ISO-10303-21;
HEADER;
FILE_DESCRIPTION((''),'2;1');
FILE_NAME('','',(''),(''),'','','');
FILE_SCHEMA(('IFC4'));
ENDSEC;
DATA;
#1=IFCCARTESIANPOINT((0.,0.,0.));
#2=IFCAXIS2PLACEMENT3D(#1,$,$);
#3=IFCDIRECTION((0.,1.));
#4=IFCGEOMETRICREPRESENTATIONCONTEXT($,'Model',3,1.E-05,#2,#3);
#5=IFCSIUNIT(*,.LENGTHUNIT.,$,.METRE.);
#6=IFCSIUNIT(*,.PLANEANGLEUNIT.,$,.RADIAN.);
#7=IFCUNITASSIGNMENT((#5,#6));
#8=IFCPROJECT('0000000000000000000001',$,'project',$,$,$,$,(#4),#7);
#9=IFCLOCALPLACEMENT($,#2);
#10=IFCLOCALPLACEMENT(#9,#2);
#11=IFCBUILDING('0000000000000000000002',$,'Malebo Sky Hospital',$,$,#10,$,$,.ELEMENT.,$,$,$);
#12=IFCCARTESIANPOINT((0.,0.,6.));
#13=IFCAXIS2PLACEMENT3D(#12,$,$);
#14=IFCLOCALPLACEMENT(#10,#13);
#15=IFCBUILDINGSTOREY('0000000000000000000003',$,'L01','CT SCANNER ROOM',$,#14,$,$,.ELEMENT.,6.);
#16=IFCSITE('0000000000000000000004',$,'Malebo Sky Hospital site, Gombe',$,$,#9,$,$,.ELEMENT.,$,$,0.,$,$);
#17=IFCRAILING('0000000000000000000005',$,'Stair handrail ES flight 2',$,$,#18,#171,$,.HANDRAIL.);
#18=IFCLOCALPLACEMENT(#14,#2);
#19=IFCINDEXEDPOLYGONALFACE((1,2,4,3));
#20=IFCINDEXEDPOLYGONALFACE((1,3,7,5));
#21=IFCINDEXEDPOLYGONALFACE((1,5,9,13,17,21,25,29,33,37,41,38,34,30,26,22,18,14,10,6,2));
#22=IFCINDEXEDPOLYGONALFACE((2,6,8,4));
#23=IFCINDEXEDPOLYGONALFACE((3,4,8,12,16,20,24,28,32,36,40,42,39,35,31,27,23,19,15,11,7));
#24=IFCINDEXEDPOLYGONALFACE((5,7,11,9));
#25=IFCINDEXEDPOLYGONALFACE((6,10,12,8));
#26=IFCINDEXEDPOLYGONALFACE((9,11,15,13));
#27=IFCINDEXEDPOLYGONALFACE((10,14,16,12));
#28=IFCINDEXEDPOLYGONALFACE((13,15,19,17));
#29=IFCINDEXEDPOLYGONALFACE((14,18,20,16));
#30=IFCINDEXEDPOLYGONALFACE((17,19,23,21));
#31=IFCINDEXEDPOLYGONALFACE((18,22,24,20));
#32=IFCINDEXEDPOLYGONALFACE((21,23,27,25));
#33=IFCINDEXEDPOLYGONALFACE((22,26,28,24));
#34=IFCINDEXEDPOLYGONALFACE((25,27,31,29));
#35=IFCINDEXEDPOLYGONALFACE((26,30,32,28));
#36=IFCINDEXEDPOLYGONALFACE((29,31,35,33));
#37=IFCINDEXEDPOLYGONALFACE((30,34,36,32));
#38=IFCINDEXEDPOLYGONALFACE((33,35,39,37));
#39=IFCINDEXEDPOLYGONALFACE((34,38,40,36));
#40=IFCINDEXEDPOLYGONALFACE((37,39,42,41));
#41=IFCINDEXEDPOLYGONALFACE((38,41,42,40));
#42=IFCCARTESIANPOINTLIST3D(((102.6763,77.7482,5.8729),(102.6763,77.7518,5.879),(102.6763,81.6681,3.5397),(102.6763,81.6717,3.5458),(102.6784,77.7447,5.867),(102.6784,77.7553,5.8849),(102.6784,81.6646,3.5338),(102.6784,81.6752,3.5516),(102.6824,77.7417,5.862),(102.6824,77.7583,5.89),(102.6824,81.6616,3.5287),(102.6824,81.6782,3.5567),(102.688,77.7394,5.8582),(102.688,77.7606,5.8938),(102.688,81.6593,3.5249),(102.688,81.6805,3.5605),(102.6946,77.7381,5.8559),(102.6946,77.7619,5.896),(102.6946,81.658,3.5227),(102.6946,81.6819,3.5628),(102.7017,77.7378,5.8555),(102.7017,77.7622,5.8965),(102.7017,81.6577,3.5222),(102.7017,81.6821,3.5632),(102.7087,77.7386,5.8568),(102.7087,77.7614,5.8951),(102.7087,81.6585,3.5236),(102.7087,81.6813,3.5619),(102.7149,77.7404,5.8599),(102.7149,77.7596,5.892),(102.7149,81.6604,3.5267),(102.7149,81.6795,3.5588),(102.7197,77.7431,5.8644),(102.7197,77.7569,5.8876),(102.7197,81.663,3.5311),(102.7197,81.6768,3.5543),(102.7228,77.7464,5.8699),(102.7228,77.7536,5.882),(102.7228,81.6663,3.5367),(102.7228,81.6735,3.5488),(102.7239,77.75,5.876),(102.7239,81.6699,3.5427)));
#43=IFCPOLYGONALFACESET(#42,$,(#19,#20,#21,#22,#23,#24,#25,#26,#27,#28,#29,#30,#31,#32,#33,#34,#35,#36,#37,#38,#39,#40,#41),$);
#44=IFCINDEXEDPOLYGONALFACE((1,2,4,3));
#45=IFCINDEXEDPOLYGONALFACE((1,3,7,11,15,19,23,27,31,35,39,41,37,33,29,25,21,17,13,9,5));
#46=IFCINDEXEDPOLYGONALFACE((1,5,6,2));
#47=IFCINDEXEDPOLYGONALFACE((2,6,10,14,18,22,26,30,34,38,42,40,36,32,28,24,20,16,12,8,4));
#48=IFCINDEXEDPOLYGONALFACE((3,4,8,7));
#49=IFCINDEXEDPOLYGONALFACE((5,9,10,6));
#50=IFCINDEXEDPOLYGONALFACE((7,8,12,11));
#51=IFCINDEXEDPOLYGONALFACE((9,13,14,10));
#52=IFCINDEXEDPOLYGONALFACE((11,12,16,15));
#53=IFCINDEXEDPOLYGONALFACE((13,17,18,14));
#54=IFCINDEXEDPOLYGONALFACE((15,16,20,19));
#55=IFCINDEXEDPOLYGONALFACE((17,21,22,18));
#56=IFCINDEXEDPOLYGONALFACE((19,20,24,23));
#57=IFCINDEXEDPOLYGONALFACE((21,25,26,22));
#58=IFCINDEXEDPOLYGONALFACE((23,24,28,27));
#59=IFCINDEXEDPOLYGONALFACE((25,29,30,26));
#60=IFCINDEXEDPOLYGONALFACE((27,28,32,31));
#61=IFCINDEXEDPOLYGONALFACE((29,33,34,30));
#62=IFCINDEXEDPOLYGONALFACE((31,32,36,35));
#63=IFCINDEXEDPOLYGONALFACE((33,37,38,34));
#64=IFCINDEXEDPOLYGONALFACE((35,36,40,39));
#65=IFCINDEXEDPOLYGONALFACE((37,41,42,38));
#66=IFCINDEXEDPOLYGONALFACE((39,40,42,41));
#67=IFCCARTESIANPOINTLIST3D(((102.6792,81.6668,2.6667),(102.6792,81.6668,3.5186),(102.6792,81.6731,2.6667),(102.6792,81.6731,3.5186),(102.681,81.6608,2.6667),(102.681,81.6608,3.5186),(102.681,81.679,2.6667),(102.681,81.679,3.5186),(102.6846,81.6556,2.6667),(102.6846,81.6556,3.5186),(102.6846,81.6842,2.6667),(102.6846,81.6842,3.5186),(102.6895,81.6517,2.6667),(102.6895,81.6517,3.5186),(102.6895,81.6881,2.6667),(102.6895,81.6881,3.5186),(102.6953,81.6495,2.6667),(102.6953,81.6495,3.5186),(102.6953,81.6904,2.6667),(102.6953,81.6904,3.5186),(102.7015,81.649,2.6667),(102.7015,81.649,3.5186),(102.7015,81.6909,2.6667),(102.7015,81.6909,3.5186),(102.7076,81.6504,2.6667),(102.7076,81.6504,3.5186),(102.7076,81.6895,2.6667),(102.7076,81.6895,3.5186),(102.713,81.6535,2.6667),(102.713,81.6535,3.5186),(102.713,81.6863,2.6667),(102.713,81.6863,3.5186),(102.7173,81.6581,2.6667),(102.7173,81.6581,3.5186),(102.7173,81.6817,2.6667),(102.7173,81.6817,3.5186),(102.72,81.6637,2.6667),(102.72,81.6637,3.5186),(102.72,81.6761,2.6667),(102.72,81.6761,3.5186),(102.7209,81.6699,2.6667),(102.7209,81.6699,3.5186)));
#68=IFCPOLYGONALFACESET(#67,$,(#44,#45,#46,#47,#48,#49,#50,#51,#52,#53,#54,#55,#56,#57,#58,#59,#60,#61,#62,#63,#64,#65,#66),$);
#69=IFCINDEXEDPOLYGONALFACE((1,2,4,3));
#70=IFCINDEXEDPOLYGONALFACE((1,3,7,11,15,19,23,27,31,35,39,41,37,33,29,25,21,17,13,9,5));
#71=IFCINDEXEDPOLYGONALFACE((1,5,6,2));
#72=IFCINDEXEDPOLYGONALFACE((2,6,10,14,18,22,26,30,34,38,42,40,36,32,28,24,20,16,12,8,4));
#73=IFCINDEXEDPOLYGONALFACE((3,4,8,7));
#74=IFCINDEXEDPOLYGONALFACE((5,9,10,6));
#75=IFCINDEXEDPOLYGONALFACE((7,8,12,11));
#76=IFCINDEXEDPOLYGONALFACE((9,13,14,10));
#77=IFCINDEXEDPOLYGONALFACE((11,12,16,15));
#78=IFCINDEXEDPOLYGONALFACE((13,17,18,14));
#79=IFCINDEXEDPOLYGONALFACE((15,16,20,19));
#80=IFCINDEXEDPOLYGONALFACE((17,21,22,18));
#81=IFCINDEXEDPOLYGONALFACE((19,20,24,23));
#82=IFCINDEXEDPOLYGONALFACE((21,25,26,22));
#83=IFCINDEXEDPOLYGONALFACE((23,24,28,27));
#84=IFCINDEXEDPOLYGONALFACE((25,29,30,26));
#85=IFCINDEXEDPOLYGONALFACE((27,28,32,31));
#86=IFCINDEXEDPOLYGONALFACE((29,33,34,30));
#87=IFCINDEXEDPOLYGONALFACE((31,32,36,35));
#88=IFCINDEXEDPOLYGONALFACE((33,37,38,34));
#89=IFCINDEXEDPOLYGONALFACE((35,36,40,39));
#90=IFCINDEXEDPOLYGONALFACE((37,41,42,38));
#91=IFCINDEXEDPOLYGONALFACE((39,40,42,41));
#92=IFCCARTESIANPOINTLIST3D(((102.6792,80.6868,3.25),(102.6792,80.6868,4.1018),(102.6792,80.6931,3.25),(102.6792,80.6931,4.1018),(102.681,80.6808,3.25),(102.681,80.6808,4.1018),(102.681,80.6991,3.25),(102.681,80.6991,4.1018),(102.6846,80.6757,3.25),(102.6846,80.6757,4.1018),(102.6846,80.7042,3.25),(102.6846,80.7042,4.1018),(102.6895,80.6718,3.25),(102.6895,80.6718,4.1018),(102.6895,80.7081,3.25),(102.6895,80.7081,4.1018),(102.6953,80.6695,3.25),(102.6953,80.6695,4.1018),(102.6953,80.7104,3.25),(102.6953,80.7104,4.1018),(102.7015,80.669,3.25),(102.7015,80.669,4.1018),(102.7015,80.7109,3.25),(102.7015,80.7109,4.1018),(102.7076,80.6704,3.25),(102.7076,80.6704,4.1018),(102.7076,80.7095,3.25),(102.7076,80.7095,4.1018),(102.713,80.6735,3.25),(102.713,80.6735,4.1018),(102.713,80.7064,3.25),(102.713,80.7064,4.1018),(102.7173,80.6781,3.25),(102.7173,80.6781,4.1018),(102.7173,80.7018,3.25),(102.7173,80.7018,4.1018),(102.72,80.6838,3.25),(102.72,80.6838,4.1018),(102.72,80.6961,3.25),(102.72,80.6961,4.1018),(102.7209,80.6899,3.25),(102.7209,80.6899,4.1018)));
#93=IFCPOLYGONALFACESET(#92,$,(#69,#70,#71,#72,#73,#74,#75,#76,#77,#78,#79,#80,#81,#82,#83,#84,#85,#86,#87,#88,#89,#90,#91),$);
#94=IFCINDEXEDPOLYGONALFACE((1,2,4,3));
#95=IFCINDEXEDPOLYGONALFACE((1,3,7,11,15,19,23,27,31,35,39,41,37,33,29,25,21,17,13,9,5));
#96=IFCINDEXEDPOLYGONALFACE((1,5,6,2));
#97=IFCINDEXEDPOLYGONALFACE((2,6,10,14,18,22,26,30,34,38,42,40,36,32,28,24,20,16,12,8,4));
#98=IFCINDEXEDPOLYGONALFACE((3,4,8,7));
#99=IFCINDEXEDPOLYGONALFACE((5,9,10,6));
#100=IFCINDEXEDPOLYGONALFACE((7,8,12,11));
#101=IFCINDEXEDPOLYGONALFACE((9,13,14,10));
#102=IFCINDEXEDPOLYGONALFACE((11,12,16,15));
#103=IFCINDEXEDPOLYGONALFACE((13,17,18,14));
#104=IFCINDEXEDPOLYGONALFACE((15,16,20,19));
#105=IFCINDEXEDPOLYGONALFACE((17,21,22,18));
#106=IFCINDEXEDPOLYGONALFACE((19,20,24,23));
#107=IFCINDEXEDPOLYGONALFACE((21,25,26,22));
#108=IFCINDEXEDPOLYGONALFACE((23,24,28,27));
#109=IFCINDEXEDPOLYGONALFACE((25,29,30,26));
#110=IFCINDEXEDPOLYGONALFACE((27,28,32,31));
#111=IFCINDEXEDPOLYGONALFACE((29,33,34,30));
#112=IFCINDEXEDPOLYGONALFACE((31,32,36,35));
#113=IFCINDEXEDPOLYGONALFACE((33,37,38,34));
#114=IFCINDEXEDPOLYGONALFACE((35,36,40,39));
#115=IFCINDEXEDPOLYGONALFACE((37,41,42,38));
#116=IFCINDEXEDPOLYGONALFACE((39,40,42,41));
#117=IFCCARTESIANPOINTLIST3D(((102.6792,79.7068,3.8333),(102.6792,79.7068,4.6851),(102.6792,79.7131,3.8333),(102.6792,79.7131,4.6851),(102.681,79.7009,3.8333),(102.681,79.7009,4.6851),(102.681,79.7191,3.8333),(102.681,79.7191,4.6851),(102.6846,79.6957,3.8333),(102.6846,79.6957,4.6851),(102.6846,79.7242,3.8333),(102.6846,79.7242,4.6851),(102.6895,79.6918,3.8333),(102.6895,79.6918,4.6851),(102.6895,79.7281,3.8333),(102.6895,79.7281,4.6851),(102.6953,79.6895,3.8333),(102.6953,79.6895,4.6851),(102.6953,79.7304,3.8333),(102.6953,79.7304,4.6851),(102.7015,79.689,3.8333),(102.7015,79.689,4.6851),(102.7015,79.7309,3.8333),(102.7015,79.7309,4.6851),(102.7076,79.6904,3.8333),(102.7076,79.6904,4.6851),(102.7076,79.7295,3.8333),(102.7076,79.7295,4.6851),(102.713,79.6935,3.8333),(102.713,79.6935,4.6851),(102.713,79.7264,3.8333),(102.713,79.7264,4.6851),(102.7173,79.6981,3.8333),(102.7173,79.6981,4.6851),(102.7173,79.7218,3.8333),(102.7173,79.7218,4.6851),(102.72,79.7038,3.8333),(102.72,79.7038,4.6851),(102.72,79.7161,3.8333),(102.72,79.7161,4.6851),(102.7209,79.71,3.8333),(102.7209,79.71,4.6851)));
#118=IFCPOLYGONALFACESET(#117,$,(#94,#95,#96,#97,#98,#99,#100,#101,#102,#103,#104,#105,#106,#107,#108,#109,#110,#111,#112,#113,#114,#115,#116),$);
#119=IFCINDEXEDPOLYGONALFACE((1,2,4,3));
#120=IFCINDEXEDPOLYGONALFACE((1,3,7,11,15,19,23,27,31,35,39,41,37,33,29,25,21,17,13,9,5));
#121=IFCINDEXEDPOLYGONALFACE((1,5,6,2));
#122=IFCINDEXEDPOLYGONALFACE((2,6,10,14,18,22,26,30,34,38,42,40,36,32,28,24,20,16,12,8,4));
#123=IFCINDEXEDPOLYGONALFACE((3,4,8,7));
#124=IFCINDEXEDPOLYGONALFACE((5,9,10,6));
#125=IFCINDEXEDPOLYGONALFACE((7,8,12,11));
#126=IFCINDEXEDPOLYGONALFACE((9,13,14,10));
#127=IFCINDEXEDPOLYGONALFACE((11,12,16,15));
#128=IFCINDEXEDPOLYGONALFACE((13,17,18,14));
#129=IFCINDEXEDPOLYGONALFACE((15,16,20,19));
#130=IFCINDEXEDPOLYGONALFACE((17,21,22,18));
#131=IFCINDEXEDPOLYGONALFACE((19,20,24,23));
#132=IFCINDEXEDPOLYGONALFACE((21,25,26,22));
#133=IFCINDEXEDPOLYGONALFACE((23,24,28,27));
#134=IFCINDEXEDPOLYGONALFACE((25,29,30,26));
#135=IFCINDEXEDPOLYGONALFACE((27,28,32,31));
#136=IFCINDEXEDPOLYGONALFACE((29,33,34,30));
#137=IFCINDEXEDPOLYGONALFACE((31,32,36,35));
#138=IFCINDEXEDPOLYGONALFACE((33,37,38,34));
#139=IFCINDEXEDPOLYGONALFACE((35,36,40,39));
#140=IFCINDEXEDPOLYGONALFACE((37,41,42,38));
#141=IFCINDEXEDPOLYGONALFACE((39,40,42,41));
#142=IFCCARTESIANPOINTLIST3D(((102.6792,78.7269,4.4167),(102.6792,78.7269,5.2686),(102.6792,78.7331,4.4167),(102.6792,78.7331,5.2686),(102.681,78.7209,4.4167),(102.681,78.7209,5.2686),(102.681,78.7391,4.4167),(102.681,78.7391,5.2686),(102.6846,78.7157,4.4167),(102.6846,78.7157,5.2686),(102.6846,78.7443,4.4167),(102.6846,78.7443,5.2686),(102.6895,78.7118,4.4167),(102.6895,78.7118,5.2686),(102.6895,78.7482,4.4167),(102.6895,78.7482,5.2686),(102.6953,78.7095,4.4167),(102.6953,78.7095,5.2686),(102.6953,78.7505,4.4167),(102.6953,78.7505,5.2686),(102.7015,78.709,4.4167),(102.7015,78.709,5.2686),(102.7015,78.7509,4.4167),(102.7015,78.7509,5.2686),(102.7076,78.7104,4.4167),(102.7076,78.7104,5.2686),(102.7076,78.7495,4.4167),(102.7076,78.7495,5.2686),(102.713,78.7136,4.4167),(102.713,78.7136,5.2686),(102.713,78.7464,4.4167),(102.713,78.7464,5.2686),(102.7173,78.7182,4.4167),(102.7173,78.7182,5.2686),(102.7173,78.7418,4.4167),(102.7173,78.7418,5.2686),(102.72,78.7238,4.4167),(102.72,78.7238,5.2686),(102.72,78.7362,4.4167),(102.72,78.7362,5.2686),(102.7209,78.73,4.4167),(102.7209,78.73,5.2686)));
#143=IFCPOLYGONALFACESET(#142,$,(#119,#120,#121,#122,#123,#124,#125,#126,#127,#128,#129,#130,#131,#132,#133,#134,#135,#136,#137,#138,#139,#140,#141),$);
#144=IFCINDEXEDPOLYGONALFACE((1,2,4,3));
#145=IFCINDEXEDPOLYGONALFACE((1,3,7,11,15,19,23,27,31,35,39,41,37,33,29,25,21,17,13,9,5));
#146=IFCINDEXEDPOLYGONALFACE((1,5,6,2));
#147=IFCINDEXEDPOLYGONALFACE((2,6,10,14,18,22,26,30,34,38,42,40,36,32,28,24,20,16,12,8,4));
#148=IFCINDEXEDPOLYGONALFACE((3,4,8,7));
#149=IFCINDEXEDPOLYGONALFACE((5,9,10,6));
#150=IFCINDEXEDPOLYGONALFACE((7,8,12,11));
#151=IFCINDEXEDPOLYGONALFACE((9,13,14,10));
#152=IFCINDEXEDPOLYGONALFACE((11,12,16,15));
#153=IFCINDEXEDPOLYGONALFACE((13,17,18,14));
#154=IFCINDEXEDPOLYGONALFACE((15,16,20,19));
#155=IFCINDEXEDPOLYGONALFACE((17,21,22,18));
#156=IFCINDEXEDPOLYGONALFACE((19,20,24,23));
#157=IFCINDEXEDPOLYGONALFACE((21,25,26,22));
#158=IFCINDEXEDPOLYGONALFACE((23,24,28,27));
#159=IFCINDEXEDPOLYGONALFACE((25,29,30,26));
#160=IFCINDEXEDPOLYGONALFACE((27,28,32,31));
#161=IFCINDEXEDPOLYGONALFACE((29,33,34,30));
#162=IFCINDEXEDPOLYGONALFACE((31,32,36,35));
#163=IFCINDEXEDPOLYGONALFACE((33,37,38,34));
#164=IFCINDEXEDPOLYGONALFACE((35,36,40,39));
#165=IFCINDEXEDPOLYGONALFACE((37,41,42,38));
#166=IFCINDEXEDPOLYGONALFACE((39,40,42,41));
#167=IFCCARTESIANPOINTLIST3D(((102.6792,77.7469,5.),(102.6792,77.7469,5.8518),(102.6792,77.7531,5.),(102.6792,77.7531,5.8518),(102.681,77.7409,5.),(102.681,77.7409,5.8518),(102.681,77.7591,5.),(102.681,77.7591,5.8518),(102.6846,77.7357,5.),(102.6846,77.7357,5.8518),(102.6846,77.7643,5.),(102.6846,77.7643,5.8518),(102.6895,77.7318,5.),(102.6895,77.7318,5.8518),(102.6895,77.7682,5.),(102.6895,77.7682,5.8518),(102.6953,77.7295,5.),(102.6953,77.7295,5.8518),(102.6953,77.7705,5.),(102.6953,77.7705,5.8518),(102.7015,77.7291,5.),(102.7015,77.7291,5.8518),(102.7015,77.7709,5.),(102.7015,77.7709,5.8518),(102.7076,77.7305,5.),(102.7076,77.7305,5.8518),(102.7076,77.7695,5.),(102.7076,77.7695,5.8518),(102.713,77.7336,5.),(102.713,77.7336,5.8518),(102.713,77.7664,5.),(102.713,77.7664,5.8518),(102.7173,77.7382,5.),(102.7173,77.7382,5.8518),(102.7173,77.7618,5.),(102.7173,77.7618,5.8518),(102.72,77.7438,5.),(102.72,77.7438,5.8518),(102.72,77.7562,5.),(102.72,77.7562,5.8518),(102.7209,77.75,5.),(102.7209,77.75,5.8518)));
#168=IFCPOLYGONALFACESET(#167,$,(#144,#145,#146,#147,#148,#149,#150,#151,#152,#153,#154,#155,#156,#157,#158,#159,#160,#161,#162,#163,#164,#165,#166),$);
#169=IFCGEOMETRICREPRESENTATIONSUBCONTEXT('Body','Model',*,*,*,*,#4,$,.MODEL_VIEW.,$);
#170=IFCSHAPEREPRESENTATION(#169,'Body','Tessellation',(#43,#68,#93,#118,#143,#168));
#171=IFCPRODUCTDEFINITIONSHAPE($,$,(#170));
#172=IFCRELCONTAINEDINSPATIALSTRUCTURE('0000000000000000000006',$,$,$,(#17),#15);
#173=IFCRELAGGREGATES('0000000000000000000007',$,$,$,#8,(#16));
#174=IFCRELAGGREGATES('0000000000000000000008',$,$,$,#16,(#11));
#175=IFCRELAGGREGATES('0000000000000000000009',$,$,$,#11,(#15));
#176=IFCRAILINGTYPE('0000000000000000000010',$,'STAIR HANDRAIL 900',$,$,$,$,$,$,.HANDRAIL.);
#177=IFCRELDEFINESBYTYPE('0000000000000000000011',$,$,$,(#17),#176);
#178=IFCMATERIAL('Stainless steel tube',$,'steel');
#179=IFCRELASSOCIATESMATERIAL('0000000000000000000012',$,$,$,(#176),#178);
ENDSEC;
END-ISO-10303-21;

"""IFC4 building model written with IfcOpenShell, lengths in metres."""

from ifc_helpers import new_model, si_unit, direction, frame, origin, origin_2d, place, context, subcontext, project, spatial, circle, extrude, material, type_object, element, save


model = new_model("IFC4")

# Units and contexts
model_context = context("Model", 3, precision=1e-05, world=origin(), true_north=direction((0.0, 1.0)))
body_context = subcontext(model_context, "Body", "Model", "MODEL_VIEW")
ifc_project = project(units=[si_unit("LENGTHUNIT", "METRE"), si_unit("PLANEANGLEUNIT", "RADIAN")], contexts=[model_context])

# Site, building, storey
site_placement = place(None, origin())
site = spatial("IfcSite", under=ifc_project, at=site_placement, Name="Malebo Sky Hospital site, Gombe", CompositionType="ELEMENT", RefElevation=0.0)
building_placement = place(site_placement, origin())
building = spatial("IfcBuilding", under=site, at=building_placement, Name="Malebo Sky Hospital", CompositionType="ELEMENT")
storey_placement = place(building_placement, frame((0.0, 0.0, 6.0)))
storey = spatial("IfcBuildingStorey", under=building, at=storey_placement, Name="L01", Description="CT SCANNER ROOM", CompositionType="ELEMENT", Elevation=6.0)

# Railing
ifc_material_1 = material(Name="Stainless steel tube", Category="steel")
railing_type = type_object("IfcRailingType", Name="STAIR HANDRAIL 900", PredefinedType="HANDRAIL", material=ifc_material_1)
railing_placement = place(storey_placement, frame((102.7, 81.6699, 2.6667)))
element("IfcRailing", 1, at=railing_placement, inside=storey, type_object=railing_type, Name="Stair handrail ES flight 2", PredefinedType="HANDRAIL", context=body_context, shape_type="SweptSolid", body=[
    extrude(circle(Radius=0.0239, at=origin_2d()), frame((0.0, 0.0, 0.876), z_axis=(0.0, -0.859296, 0.511478), x_axis=(1.0, 0.0, 0.0)), (0.0, 0.0, 1.0), 4.5618),
    extrude(circle(Radius=0.021, at=origin_2d()), origin(), (0.0, 0.0, 1.0), 0.8518),
    extrude(circle(Radius=0.021, at=origin_2d()), frame((0.0, -0.98, 0.5833)), (0.0, 0.0, 1.0), 0.8518),
    extrude(circle(Radius=0.021, at=origin_2d()), frame((0.0, -1.96, 1.1665)), (0.0, 0.0, 1.0), 0.8518),
    extrude(circle(Radius=0.021, at=origin_2d()), frame((0.0, -2.9399, 1.75)), (0.0, 0.0, 1.0), 0.8518),
    extrude(circle(Radius=0.021, at=origin_2d()), frame((0.0, -3.9199, 2.3333)), (0.0, 0.0, 1.0), 0.8518),
])

save(model, "model.ifc")
